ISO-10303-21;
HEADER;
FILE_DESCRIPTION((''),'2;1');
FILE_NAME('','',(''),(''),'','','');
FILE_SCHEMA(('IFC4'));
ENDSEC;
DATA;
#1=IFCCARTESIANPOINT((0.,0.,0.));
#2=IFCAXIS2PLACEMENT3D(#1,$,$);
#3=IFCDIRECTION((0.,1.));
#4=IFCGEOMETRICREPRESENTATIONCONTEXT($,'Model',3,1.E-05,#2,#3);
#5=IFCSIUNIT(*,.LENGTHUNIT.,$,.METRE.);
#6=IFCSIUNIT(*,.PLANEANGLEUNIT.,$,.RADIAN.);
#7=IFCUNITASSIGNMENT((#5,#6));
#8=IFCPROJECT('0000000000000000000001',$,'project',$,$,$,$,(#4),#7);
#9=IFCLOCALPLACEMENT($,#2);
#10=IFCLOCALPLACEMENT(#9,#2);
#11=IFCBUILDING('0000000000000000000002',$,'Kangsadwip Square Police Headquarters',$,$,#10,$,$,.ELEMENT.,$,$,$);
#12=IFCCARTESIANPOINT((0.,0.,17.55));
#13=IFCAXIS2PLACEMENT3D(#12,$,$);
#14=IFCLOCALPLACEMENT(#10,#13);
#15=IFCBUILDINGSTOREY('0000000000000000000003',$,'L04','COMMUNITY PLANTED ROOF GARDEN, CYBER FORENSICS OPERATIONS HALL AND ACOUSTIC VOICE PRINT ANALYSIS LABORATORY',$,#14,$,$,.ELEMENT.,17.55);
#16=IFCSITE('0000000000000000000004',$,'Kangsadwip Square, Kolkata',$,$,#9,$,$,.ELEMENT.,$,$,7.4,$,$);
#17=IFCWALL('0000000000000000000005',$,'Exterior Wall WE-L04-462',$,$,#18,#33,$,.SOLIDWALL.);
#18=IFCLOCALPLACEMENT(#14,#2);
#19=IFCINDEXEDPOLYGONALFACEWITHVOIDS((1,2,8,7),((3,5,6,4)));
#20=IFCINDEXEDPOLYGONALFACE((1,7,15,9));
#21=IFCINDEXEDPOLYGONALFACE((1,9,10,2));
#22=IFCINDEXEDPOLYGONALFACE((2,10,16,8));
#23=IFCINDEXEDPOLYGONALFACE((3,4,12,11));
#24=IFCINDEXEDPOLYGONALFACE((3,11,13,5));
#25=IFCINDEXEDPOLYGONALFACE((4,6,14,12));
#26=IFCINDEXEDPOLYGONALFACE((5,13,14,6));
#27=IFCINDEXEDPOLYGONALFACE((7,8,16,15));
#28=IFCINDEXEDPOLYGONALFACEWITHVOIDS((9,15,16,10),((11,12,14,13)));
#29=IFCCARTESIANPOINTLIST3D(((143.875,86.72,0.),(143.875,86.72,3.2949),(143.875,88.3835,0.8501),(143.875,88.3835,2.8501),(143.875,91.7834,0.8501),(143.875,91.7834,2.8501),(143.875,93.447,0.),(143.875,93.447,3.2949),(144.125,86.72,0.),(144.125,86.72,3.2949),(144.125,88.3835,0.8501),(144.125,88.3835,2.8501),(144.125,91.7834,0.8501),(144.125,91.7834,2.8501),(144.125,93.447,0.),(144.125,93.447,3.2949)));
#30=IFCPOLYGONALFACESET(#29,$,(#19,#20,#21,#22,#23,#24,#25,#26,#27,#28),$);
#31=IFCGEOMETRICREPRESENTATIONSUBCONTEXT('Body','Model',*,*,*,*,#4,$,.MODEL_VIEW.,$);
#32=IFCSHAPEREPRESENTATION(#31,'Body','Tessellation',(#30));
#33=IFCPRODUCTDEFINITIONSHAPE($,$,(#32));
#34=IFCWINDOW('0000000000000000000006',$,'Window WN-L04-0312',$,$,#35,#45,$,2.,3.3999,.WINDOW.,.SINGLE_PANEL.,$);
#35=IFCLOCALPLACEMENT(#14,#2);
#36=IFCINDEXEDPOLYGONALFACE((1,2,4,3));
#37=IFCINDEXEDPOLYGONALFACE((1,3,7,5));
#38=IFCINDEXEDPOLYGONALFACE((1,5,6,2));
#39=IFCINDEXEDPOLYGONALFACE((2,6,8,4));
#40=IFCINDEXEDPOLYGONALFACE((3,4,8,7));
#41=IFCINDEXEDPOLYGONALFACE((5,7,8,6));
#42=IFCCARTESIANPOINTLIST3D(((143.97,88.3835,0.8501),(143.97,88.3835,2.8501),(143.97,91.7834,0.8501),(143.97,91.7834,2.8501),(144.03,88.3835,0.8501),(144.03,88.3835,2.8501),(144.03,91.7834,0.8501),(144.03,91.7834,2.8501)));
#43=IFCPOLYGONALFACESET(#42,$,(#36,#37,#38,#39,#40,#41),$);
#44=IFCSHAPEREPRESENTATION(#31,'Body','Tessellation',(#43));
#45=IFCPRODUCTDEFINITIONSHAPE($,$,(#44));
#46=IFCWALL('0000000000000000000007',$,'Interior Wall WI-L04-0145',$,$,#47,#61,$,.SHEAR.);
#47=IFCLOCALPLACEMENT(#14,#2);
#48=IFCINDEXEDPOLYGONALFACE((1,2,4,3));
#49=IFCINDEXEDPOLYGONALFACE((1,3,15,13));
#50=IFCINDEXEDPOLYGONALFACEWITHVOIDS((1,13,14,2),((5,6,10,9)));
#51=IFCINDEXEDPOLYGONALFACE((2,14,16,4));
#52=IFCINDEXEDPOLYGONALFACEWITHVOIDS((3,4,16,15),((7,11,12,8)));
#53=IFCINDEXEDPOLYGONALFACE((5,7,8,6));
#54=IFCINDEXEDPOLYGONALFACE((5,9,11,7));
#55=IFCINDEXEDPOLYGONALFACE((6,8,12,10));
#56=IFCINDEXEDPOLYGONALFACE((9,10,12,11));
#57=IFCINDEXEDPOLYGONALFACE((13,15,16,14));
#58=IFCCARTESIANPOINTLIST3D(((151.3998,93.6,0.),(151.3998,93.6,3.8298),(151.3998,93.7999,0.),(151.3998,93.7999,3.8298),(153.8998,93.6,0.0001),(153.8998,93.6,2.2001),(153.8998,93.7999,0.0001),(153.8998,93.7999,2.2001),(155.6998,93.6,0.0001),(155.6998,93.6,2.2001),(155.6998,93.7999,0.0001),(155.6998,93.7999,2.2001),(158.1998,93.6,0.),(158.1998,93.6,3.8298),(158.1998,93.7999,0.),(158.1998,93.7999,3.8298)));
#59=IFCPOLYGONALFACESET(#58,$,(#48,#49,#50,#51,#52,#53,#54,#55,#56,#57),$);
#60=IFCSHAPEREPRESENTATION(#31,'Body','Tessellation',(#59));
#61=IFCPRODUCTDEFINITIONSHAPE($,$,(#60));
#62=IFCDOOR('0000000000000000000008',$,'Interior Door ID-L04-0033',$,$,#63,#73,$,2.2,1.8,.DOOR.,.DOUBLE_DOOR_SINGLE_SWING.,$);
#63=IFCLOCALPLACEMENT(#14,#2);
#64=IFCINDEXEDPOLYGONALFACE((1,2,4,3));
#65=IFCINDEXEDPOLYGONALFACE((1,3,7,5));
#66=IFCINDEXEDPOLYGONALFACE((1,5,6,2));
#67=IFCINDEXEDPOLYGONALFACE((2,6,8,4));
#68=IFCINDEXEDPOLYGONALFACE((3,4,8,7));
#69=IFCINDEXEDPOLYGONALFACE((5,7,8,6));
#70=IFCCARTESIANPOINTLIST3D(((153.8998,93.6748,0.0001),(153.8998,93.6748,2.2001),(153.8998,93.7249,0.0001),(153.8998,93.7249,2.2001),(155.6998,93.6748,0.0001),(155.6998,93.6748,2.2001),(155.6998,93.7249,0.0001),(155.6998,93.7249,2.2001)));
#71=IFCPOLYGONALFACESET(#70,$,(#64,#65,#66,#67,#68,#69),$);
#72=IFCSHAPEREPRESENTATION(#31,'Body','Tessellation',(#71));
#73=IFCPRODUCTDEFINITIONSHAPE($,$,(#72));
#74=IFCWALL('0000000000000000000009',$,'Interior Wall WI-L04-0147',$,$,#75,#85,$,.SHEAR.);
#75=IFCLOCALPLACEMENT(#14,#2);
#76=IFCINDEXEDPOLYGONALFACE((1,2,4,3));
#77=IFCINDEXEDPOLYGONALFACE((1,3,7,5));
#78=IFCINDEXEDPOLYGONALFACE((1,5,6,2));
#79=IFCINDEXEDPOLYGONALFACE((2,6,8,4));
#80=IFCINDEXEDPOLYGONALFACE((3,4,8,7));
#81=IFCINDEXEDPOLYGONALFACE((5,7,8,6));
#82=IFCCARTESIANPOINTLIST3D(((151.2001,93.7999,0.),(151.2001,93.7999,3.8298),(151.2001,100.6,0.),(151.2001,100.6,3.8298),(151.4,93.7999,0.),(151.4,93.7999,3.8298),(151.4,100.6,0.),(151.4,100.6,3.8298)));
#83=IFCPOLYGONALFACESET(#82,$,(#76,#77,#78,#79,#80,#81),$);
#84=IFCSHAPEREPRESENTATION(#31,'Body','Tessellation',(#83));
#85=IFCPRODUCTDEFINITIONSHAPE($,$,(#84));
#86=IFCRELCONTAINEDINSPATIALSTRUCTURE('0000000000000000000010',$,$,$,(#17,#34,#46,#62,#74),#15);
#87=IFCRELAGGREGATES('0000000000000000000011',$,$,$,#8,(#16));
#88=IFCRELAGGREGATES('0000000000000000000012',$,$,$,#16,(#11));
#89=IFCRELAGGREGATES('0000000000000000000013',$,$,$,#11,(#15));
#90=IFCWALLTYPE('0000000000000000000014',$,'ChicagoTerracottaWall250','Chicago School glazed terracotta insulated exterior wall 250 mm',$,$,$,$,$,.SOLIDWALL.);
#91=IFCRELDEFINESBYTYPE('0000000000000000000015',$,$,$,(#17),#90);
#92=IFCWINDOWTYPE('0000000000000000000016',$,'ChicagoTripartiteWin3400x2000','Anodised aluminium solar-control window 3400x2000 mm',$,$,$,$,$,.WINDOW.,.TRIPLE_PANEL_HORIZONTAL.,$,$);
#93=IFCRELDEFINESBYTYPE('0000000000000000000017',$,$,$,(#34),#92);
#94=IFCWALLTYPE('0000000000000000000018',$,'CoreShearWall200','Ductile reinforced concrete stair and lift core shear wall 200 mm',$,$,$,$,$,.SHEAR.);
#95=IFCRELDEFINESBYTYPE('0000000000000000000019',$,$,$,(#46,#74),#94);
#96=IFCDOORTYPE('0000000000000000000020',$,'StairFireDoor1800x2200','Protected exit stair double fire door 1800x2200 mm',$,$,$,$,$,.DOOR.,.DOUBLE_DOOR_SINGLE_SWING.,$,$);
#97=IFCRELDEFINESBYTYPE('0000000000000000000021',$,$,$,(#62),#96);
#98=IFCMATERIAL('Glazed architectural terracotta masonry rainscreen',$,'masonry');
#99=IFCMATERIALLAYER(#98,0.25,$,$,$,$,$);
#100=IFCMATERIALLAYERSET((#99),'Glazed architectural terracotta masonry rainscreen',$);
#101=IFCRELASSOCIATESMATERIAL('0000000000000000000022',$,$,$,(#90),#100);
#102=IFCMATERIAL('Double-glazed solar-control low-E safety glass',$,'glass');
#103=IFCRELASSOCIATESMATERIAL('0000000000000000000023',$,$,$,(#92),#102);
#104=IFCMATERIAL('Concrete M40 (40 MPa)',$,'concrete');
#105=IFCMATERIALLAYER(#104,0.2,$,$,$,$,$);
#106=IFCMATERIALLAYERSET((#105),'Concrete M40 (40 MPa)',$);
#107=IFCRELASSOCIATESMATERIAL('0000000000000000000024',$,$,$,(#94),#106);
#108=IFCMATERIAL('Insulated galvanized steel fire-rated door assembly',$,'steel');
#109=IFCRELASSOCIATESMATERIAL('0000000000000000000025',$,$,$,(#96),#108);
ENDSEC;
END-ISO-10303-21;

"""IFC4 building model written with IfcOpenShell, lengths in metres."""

from ifc_helpers import new_model, si_unit, direction, frame, frame_2d, origin, place, context, subcontext, project, spatial, rectangle, extrude, material, layer, layer_set, type_object, element, fill, save


model = new_model("IFC4")

# Units and contexts
model_context = context("Model", 3, precision=1e-05, world=origin(), true_north=direction((0.0, 1.0)))
body_context = subcontext(model_context, "Body", "Model", "MODEL_VIEW")
ifc_project = project(units=[si_unit("LENGTHUNIT", "METRE"), si_unit("PLANEANGLEUNIT", "RADIAN")], contexts=[model_context])

# Site, building, storey
site_placement = place(None, origin())
site = spatial("IfcSite", under=ifc_project, at=site_placement, Name="Kangsadwip Square, Kolkata", CompositionType="ELEMENT", RefElevation=7.4)
building_placement = place(site_placement, origin())
building = spatial("IfcBuilding", under=site, at=building_placement, Name="Kangsadwip Square Police Headquarters", CompositionType="ELEMENT")
storey_placement = place(building_placement, frame((0.0, 0.0, 17.55)))
storey = spatial("IfcBuildingStorey", under=building, at=storey_placement, Name="L04", Description="COMMUNITY PLANTED ROOF GARDEN, CYBER FORENSICS OPERATIONS HALL AND ACOUSTIC VOICE PRINT ANALYSIS LABORATORY", CompositionType="ELEMENT", Elevation=17.55)

# Wall, opening, window
ifc_material_1 = material(Name="Glazed architectural terracotta masonry rainscreen", Category="masonry")
ifc_layer_1 = layer(ifc_material_1, 0.25)
ifc_layer_set_1 = layer_set([ifc_layer_1], Name="Glazed architectural terracotta masonry rainscreen")
wall_type_1 = type_object("IfcWallType", Name="ChicagoTerracottaWall250", Description="Chicago School glazed terracotta insulated exterior wall 250 mm", PredefinedType="SOLIDWALL", material=ifc_layer_set_1)
wall_1_placement = place(storey_placement, frame((144.0, 86.72, 0.0), z_axis=(0.0, 0.0, 1.0), x_axis=(0.0, 1.0, 0.0)))
wall_1 = element("IfcWall", 1, at=wall_1_placement, inside=storey, type_object=wall_type_1, Name="Exterior Wall WE-L04-462", PredefinedType="SOLIDWALL", context=body_context, shape_type="SweptSolid", body=[
    extrude(rectangle(XDim=6.7271, YDim=0.25, at=frame_2d((3.3635, 0.0))), origin(), (0.0, 0.0, 1.0), 3.2949),
])
opening_1_placement = place(wall_1_placement, frame((1.6636, 0.0, 0.8501)))
opening_1 = element("IfcOpeningElement", 2, at=opening_1_placement, cuts=wall_1, PredefinedType="OPENING", context=body_context, shape_type="SweptSolid", body=[
    extrude(rectangle(XDim=3.3999, YDim=2.0, at=frame_2d((1.7, 1.0))), frame((0.0, 0.135, 0.0), z_axis=(0.0, -1.0, 0.0), x_axis=(1.0, 0.0, 0.0)), (0.0, 0.0, 1.0), 0.27),
])
ifc_material_2 = material(Name="Double-glazed solar-control low-E safety glass", Category="glass")
window_type_1 = type_object("IfcWindowType", Name="ChicagoTripartiteWin3400x2000", Description="Anodised aluminium solar-control window 3400x2000 mm", PartitioningType="TRIPLE_PANEL_HORIZONTAL", PredefinedType="WINDOW", material=ifc_material_2)
window_1_placement = place(opening_1_placement, origin())
window_1 = element("IfcWindow", 3, at=window_1_placement, inside=storey, type_object=window_type_1, Name="Window WN-L04-0312", OverallHeight=2.0, OverallWidth=3.3999, PartitioningType="SINGLE_PANEL", PredefinedType="WINDOW", context=body_context, shape_type="SweptSolid", body=[
    extrude(rectangle(XDim=3.3999, YDim=2.0, at=frame_2d((1.7, 1.0))), frame((0.0, 0.03, 0.0), z_axis=(0.0, -1.0, 0.0), x_axis=(1.0, 0.0, 0.0)), (0.0, 0.0, 1.0), 0.0601),
])
fill(opening_1, window_1)

# Wall, opening, door
ifc_material_3 = material(Name="Concrete M40 (40 MPa)", Category="concrete")
ifc_layer_2 = layer(ifc_material_3, 0.2)
ifc_layer_set_2 = layer_set([ifc_layer_2], Name="Concrete M40 (40 MPa)")
wall_type_2 = type_object("IfcWallType", Name="CoreShearWall200", Description="Ductile reinforced concrete stair and lift core shear wall 200 mm", PredefinedType="SHEAR", material=ifc_layer_set_2)
wall_2_placement = place(storey_placement, frame((151.3999, 93.7, 0.0), z_axis=(0.0, 0.0, 1.0), x_axis=(1.0, 0.0, 0.0)))
wall_2 = element("IfcWall", 4, at=wall_2_placement, inside=storey, type_object=wall_type_2, Name="Interior Wall WI-L04-0145", PredefinedType="SHEAR", context=body_context, shape_type="SweptSolid", body=[
    extrude(rectangle(XDim=6.8, YDim=0.2, at=frame_2d((3.3999, 0.0))), origin(), (0.0, 0.0, 1.0), 3.8298),
])
opening_2_placement = place(wall_2_placement, frame((2.5, 0.0, 0.0)))
opening_2 = element("IfcOpeningElement", 5, at=opening_2_placement, cuts=wall_2, PredefinedType="OPENING", context=body_context, shape_type="SweptSolid", body=[
    extrude(rectangle(XDim=1.8, YDim=2.2, at=frame_2d((0.8999, 1.1001))), frame((0.0, 0.1099, 0.0), z_axis=(0.0, -1.0, 0.0), x_axis=(1.0, 0.0, 0.0)), (0.0, 0.0, 1.0), 0.22),
])
ifc_material_4 = material(Name="Insulated galvanized steel fire-rated door assembly", Category="steel")
door_type_1 = type_object("IfcDoorType", Name="StairFireDoor1800x2200", Description="Protected exit stair double fire door 1800x2200 mm", OperationType="DOUBLE_DOOR_SINGLE_SWING", PredefinedType="DOOR", material=ifc_material_4)
door_1_placement = place(opening_2_placement, origin())
door_1 = element("IfcDoor", 6, at=door_1_placement, inside=storey, type_object=door_type_1, Name="Interior Door ID-L04-0033", OperationType="DOUBLE_DOOR_SINGLE_SWING", OverallHeight=2.2, OverallWidth=1.8, PredefinedType="DOOR", context=body_context, shape_type="SweptSolid", body=[
    extrude(rectangle(XDim=1.8, YDim=2.2, at=frame_2d((0.8999, 1.1001))), frame((0.0, 0.0249, 0.0), z_axis=(0.0, -1.0, 0.0), x_axis=(1.0, 0.0, 0.0)), (0.0, 0.0, 1.0), 0.05),
])
fill(opening_2, door_1)

# Wall
wall_3_placement = place(storey_placement, frame((151.3, 93.8, 0.0), z_axis=(0.0, 0.0, 1.0), x_axis=(0.0, 1.0, 0.0)))
element("IfcWall", 7, at=wall_3_placement, inside=storey, type_object=wall_type_2, Name="Interior Wall WI-L04-0147", PredefinedType="SHEAR", context=body_context, shape_type="SweptSolid", body=[
    extrude(rectangle(XDim=6.8, YDim=0.2, at=frame_2d((3.3999, 0.0))), origin(), (0.0, 0.0, 1.0), 3.8298),
])

save(model, "model.ifc")
